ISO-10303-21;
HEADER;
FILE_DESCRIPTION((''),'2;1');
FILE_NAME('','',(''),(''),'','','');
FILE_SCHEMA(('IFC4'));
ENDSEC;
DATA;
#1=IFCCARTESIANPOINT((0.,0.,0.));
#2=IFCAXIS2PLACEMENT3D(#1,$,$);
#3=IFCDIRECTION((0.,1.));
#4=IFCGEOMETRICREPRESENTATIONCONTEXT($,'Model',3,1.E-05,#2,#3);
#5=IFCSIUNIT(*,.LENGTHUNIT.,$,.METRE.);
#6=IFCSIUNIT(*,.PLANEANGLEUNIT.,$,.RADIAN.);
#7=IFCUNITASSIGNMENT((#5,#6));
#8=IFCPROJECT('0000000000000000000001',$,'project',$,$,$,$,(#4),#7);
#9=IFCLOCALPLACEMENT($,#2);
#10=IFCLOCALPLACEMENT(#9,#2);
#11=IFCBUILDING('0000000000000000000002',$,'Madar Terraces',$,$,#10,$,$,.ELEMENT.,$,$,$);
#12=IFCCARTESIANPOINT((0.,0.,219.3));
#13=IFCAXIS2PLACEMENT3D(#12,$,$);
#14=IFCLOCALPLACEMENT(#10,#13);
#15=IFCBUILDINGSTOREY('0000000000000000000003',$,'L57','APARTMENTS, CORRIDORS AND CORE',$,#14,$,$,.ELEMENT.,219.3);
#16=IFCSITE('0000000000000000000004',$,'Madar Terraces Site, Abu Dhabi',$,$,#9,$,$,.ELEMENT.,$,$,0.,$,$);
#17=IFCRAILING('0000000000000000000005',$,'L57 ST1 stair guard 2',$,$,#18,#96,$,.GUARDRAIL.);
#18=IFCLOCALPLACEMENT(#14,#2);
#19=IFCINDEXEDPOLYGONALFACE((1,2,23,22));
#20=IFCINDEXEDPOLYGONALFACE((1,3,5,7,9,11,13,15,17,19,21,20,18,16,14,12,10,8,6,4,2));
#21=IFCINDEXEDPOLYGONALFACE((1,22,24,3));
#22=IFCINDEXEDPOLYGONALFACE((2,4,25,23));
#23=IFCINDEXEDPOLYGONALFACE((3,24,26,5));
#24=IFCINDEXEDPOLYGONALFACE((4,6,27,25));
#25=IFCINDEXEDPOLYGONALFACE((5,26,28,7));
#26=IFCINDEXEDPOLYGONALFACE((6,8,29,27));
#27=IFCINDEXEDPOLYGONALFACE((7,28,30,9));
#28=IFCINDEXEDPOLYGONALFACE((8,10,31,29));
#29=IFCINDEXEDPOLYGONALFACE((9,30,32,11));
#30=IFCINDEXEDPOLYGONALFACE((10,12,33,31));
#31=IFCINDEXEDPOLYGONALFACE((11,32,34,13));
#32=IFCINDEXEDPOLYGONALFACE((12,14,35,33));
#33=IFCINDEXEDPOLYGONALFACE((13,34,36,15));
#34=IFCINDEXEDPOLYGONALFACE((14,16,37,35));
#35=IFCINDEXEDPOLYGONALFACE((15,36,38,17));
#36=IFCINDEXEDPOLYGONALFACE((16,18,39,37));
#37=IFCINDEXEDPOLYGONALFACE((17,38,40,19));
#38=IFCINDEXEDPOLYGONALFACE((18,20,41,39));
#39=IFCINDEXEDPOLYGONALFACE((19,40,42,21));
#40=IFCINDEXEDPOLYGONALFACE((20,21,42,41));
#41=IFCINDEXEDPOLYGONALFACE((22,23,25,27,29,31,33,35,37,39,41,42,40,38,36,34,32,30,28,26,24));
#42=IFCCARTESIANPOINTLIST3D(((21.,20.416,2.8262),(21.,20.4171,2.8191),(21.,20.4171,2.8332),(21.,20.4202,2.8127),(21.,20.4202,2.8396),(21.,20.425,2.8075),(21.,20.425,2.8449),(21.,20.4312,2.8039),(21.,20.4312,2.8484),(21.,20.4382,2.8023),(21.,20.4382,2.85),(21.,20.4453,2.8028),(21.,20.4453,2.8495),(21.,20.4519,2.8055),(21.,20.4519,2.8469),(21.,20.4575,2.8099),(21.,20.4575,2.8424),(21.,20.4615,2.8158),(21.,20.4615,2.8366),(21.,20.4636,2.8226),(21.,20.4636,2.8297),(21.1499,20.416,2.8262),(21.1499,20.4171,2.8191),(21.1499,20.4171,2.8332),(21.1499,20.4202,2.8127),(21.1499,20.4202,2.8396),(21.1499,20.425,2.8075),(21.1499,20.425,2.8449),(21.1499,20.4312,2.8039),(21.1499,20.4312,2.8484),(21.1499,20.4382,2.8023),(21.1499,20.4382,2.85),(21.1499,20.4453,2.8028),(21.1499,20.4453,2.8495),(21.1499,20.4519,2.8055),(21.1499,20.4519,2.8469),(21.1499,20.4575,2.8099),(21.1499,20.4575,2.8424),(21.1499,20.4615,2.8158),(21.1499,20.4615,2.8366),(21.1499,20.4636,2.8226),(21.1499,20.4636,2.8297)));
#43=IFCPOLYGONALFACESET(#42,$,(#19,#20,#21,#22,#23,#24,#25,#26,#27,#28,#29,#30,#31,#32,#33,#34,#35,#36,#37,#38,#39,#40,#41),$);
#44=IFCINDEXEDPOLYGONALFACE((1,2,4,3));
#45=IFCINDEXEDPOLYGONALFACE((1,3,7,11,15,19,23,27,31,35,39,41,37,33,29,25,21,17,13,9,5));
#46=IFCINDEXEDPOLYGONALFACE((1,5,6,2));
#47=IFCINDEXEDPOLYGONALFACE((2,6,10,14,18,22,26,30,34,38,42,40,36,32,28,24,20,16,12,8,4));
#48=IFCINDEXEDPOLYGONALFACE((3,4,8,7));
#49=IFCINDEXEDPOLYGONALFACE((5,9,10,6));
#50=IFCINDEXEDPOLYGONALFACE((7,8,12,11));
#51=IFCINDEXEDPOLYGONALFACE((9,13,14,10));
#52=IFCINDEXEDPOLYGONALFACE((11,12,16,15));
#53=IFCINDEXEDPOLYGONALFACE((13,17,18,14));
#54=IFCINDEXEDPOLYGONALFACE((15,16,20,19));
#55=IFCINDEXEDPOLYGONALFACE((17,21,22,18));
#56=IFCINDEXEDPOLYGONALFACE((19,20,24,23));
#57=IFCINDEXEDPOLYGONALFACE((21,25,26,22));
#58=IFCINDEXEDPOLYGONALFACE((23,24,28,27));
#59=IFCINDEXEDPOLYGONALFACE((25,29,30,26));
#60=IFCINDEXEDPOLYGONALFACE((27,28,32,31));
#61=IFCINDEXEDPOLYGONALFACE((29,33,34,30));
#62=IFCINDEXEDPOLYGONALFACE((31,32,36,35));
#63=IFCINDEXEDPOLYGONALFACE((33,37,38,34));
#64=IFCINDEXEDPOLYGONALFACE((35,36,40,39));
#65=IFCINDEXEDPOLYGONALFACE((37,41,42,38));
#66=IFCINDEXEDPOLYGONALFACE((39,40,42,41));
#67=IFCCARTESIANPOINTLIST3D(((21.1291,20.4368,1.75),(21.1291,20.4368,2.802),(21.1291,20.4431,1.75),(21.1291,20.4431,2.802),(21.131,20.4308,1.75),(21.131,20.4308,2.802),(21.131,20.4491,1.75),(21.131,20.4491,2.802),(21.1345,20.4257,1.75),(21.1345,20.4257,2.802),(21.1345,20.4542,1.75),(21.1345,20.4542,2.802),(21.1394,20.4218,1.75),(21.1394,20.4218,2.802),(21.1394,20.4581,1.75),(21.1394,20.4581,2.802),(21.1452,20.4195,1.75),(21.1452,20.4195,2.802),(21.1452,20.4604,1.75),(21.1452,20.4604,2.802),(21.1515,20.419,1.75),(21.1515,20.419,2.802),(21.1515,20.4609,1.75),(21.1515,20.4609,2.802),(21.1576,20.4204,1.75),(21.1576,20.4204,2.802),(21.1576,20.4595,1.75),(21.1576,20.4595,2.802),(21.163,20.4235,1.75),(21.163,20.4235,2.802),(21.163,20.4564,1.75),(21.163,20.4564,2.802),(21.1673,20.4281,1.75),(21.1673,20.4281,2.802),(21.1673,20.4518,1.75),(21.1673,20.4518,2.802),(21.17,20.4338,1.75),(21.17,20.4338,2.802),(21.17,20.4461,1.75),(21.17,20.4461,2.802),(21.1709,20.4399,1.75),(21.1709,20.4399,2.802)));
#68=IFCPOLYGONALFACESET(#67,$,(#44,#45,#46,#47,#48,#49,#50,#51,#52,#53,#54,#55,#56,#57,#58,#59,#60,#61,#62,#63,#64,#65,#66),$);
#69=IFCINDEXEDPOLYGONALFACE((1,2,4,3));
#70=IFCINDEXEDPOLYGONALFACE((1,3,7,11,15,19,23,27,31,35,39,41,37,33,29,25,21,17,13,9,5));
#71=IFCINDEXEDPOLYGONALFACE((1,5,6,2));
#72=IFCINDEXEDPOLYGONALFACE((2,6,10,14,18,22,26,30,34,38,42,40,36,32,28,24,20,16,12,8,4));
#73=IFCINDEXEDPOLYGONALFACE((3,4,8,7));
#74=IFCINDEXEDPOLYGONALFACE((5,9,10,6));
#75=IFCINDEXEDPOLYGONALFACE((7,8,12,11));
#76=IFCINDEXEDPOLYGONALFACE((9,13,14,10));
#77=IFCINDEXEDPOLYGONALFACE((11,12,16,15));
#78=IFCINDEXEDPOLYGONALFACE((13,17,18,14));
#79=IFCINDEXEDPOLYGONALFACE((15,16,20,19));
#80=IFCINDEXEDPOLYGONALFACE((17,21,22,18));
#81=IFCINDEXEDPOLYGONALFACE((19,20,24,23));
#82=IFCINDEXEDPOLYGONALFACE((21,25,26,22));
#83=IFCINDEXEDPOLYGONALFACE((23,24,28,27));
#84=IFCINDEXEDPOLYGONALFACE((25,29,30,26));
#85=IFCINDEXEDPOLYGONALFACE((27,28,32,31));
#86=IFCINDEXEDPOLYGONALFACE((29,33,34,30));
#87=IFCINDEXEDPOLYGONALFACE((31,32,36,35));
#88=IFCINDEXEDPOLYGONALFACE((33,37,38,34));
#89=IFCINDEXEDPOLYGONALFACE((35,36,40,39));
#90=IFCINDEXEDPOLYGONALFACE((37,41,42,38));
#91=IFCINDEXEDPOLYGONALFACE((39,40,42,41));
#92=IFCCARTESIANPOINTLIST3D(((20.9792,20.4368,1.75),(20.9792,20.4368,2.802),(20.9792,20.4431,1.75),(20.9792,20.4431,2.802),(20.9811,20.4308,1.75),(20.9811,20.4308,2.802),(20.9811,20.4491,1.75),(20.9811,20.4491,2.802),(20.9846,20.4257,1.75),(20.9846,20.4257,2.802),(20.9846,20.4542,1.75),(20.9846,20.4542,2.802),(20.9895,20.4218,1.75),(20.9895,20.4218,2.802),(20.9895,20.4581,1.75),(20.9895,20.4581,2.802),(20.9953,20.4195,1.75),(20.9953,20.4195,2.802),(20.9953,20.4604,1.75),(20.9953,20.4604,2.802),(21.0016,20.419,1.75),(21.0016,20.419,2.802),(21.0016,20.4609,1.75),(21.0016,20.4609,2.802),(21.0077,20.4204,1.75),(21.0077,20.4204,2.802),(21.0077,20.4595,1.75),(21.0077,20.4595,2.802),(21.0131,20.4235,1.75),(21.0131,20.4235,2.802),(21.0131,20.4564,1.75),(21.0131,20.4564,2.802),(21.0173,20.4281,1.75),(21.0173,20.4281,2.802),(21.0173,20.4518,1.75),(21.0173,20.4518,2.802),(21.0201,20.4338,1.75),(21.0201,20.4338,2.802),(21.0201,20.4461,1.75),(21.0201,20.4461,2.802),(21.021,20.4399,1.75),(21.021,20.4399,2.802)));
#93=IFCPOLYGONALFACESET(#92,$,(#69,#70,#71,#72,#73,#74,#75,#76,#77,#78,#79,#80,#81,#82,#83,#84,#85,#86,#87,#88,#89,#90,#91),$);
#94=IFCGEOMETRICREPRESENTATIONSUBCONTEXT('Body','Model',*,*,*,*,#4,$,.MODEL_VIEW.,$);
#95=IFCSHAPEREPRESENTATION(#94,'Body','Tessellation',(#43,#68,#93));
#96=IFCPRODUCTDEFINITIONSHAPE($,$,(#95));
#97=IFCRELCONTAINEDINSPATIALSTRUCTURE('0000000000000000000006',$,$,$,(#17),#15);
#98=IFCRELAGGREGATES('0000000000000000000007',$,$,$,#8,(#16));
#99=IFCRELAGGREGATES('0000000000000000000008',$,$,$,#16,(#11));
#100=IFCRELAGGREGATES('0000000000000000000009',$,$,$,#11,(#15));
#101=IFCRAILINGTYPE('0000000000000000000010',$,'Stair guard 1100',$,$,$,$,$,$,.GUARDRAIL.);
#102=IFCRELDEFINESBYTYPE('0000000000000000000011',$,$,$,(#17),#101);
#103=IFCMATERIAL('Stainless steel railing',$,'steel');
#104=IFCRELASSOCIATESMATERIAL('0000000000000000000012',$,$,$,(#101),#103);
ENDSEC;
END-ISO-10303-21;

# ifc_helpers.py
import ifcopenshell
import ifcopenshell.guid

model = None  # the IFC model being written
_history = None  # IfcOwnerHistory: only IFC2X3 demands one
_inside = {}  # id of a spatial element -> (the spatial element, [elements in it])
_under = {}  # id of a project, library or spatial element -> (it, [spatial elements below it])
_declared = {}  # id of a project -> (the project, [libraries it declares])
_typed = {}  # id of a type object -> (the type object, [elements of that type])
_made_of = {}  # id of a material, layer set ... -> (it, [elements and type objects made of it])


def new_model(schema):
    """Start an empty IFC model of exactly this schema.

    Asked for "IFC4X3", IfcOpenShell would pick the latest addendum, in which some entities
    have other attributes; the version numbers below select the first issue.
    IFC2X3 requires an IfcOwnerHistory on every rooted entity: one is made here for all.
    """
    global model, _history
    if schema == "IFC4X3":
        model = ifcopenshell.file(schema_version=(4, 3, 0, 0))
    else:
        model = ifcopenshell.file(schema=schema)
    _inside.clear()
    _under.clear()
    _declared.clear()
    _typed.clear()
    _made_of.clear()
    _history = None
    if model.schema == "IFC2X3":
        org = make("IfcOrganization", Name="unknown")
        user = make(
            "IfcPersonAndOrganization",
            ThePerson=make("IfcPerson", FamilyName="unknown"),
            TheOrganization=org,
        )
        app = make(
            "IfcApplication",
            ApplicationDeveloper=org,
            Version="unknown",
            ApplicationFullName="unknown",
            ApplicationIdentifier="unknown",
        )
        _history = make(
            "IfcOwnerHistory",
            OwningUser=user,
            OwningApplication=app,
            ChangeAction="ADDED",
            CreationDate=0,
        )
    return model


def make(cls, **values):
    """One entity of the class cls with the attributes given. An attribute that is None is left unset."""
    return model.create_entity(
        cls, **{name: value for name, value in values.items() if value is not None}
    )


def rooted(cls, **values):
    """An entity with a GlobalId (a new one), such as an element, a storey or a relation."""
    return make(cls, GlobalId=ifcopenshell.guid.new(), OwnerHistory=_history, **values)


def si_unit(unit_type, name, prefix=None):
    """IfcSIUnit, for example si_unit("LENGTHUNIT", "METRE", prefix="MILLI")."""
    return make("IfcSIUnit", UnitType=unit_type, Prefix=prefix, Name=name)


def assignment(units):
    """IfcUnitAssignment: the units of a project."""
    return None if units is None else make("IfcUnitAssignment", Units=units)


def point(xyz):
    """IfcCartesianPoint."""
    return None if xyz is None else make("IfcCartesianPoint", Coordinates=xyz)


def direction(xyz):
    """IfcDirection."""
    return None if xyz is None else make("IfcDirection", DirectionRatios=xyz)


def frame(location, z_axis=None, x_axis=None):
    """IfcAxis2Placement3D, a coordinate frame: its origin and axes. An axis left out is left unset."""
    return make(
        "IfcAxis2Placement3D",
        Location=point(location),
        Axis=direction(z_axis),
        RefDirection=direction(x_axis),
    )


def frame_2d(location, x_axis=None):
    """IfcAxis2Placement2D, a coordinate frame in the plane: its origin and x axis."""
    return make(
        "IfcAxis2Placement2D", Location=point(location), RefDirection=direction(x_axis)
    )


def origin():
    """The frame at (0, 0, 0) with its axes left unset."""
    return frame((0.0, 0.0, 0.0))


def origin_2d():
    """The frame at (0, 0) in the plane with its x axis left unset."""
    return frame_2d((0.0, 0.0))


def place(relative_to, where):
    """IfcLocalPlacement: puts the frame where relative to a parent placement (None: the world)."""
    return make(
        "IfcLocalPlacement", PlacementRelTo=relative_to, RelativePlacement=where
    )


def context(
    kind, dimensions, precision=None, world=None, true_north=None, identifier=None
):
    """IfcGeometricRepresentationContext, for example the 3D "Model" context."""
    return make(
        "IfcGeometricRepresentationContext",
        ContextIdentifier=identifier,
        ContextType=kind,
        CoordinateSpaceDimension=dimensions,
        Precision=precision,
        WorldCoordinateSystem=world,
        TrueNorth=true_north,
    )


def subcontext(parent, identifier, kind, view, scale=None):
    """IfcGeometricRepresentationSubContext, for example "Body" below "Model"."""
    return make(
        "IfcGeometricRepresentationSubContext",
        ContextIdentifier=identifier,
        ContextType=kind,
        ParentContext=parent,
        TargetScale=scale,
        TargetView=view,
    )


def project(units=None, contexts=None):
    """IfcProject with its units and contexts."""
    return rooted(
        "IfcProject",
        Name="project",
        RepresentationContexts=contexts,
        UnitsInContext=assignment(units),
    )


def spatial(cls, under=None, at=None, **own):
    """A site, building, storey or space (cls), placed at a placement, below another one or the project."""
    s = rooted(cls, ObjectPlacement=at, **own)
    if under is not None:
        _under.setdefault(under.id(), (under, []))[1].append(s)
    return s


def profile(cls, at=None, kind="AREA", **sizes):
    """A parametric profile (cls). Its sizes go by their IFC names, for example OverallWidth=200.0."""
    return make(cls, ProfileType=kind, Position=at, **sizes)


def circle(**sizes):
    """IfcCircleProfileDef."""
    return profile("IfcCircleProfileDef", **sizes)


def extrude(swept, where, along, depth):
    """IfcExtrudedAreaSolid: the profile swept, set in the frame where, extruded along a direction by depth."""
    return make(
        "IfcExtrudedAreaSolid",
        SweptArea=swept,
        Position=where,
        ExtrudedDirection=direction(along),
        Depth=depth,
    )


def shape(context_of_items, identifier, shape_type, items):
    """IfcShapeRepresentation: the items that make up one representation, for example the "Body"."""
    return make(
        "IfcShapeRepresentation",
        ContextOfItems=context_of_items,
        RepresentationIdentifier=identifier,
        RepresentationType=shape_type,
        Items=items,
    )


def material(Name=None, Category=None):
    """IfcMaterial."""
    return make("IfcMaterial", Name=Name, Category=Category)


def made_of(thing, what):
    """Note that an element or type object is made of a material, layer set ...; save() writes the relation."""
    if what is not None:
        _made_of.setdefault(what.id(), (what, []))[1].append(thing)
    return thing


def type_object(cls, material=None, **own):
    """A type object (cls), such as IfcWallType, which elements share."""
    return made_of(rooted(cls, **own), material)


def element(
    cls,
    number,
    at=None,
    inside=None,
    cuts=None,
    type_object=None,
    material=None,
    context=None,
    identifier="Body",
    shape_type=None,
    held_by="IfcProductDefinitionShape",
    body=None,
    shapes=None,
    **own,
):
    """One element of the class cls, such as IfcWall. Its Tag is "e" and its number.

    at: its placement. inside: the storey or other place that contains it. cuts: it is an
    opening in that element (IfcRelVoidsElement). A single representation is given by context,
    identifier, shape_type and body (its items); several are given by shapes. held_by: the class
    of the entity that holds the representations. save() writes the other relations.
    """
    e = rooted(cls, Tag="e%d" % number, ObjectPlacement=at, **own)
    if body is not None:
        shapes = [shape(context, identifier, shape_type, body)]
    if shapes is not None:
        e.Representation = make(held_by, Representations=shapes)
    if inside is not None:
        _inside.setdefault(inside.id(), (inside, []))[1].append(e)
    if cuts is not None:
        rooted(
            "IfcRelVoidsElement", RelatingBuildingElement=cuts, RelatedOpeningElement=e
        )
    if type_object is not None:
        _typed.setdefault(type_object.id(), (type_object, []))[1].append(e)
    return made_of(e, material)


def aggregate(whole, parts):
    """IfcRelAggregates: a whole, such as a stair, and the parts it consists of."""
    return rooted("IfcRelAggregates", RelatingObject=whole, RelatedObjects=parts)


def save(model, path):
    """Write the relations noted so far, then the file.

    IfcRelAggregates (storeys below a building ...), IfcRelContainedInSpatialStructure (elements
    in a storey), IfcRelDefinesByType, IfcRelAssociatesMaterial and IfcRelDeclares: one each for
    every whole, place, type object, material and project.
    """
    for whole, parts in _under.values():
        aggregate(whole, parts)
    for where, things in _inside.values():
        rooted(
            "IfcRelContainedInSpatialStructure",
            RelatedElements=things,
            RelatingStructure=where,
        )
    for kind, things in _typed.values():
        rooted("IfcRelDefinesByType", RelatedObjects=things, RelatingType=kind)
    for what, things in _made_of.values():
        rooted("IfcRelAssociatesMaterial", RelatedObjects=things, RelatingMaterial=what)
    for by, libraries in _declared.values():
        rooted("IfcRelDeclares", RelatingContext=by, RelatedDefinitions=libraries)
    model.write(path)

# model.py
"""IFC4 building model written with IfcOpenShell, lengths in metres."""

from ifc_helpers import new_model, si_unit, direction, frame, origin, origin_2d, place, context, subcontext, project, spatial, circle, extrude, material, type_object, element, save


model = new_model("IFC4")

# Units and contexts
model_context = context("Model", 3, precision=1e-05, world=origin(), true_north=direction((0.0, 1.0)))
body_context = subcontext(model_context, "Body", "Model", "MODEL_VIEW")
ifc_project = project(units=[si_unit("LENGTHUNIT", "METRE"), si_unit("PLANEANGLEUNIT", "RADIAN")], contexts=[model_context])

# Site, building, storey
site_placement = place(None, origin())
site = spatial("IfcSite", under=ifc_project, at=site_placement, Name="Madar Terraces Site, Abu Dhabi", CompositionType="ELEMENT", RefElevation=0.0)
building_placement = place(site_placement, origin())
building = spatial("IfcBuilding", under=site, at=building_placement, Name="Madar Terraces", CompositionType="ELEMENT")
storey_placement = place(building_placement, frame((0.0, 0.0, 219.3)))
storey = spatial("IfcBuildingStorey", under=building, at=storey_placement, Name="L57", Description="APARTMENTS, CORRIDORS AND CORE", CompositionType="ELEMENT", Elevation=219.3)

# Railing
ifc_material_1 = material(Name="Stainless steel railing", Category="steel")
railing_type_1 = type_object("IfcRailingType", Name="Stair guard 1100", PredefinedType="GUARDRAIL", material=ifc_material_1)
railing_1_placement = place(storey_placement, frame((21.1499, 20.4399, 1.75)))
element("IfcRailing", 1, at=railing_1_placement, inside=storey, type_object=railing_type_1, Name="L57 ST1 stair guard 2", PredefinedType="GUARDRAIL", context=body_context, shape_type="SweptSolid", body=[
    extrude(circle(Radius=0.0239, at=origin_2d()), frame((0.0, 0.0, 1.0762), z_axis=(-1.0, 0.0, 0.0), x_axis=(0.0, -1.0, 0.0)), (0.0, 0.0, 1.0), 0.1499),
    extrude(circle(Radius=0.021, at=origin_2d()), origin(), (0.0, 0.0, 1.0), 1.052),
    extrude(circle(Radius=0.021, at=origin_2d()), frame((-0.1499, 0.0, 0.0)), (0.0, 0.0, 1.0), 1.052),
])

save(model, "model.ifc")
